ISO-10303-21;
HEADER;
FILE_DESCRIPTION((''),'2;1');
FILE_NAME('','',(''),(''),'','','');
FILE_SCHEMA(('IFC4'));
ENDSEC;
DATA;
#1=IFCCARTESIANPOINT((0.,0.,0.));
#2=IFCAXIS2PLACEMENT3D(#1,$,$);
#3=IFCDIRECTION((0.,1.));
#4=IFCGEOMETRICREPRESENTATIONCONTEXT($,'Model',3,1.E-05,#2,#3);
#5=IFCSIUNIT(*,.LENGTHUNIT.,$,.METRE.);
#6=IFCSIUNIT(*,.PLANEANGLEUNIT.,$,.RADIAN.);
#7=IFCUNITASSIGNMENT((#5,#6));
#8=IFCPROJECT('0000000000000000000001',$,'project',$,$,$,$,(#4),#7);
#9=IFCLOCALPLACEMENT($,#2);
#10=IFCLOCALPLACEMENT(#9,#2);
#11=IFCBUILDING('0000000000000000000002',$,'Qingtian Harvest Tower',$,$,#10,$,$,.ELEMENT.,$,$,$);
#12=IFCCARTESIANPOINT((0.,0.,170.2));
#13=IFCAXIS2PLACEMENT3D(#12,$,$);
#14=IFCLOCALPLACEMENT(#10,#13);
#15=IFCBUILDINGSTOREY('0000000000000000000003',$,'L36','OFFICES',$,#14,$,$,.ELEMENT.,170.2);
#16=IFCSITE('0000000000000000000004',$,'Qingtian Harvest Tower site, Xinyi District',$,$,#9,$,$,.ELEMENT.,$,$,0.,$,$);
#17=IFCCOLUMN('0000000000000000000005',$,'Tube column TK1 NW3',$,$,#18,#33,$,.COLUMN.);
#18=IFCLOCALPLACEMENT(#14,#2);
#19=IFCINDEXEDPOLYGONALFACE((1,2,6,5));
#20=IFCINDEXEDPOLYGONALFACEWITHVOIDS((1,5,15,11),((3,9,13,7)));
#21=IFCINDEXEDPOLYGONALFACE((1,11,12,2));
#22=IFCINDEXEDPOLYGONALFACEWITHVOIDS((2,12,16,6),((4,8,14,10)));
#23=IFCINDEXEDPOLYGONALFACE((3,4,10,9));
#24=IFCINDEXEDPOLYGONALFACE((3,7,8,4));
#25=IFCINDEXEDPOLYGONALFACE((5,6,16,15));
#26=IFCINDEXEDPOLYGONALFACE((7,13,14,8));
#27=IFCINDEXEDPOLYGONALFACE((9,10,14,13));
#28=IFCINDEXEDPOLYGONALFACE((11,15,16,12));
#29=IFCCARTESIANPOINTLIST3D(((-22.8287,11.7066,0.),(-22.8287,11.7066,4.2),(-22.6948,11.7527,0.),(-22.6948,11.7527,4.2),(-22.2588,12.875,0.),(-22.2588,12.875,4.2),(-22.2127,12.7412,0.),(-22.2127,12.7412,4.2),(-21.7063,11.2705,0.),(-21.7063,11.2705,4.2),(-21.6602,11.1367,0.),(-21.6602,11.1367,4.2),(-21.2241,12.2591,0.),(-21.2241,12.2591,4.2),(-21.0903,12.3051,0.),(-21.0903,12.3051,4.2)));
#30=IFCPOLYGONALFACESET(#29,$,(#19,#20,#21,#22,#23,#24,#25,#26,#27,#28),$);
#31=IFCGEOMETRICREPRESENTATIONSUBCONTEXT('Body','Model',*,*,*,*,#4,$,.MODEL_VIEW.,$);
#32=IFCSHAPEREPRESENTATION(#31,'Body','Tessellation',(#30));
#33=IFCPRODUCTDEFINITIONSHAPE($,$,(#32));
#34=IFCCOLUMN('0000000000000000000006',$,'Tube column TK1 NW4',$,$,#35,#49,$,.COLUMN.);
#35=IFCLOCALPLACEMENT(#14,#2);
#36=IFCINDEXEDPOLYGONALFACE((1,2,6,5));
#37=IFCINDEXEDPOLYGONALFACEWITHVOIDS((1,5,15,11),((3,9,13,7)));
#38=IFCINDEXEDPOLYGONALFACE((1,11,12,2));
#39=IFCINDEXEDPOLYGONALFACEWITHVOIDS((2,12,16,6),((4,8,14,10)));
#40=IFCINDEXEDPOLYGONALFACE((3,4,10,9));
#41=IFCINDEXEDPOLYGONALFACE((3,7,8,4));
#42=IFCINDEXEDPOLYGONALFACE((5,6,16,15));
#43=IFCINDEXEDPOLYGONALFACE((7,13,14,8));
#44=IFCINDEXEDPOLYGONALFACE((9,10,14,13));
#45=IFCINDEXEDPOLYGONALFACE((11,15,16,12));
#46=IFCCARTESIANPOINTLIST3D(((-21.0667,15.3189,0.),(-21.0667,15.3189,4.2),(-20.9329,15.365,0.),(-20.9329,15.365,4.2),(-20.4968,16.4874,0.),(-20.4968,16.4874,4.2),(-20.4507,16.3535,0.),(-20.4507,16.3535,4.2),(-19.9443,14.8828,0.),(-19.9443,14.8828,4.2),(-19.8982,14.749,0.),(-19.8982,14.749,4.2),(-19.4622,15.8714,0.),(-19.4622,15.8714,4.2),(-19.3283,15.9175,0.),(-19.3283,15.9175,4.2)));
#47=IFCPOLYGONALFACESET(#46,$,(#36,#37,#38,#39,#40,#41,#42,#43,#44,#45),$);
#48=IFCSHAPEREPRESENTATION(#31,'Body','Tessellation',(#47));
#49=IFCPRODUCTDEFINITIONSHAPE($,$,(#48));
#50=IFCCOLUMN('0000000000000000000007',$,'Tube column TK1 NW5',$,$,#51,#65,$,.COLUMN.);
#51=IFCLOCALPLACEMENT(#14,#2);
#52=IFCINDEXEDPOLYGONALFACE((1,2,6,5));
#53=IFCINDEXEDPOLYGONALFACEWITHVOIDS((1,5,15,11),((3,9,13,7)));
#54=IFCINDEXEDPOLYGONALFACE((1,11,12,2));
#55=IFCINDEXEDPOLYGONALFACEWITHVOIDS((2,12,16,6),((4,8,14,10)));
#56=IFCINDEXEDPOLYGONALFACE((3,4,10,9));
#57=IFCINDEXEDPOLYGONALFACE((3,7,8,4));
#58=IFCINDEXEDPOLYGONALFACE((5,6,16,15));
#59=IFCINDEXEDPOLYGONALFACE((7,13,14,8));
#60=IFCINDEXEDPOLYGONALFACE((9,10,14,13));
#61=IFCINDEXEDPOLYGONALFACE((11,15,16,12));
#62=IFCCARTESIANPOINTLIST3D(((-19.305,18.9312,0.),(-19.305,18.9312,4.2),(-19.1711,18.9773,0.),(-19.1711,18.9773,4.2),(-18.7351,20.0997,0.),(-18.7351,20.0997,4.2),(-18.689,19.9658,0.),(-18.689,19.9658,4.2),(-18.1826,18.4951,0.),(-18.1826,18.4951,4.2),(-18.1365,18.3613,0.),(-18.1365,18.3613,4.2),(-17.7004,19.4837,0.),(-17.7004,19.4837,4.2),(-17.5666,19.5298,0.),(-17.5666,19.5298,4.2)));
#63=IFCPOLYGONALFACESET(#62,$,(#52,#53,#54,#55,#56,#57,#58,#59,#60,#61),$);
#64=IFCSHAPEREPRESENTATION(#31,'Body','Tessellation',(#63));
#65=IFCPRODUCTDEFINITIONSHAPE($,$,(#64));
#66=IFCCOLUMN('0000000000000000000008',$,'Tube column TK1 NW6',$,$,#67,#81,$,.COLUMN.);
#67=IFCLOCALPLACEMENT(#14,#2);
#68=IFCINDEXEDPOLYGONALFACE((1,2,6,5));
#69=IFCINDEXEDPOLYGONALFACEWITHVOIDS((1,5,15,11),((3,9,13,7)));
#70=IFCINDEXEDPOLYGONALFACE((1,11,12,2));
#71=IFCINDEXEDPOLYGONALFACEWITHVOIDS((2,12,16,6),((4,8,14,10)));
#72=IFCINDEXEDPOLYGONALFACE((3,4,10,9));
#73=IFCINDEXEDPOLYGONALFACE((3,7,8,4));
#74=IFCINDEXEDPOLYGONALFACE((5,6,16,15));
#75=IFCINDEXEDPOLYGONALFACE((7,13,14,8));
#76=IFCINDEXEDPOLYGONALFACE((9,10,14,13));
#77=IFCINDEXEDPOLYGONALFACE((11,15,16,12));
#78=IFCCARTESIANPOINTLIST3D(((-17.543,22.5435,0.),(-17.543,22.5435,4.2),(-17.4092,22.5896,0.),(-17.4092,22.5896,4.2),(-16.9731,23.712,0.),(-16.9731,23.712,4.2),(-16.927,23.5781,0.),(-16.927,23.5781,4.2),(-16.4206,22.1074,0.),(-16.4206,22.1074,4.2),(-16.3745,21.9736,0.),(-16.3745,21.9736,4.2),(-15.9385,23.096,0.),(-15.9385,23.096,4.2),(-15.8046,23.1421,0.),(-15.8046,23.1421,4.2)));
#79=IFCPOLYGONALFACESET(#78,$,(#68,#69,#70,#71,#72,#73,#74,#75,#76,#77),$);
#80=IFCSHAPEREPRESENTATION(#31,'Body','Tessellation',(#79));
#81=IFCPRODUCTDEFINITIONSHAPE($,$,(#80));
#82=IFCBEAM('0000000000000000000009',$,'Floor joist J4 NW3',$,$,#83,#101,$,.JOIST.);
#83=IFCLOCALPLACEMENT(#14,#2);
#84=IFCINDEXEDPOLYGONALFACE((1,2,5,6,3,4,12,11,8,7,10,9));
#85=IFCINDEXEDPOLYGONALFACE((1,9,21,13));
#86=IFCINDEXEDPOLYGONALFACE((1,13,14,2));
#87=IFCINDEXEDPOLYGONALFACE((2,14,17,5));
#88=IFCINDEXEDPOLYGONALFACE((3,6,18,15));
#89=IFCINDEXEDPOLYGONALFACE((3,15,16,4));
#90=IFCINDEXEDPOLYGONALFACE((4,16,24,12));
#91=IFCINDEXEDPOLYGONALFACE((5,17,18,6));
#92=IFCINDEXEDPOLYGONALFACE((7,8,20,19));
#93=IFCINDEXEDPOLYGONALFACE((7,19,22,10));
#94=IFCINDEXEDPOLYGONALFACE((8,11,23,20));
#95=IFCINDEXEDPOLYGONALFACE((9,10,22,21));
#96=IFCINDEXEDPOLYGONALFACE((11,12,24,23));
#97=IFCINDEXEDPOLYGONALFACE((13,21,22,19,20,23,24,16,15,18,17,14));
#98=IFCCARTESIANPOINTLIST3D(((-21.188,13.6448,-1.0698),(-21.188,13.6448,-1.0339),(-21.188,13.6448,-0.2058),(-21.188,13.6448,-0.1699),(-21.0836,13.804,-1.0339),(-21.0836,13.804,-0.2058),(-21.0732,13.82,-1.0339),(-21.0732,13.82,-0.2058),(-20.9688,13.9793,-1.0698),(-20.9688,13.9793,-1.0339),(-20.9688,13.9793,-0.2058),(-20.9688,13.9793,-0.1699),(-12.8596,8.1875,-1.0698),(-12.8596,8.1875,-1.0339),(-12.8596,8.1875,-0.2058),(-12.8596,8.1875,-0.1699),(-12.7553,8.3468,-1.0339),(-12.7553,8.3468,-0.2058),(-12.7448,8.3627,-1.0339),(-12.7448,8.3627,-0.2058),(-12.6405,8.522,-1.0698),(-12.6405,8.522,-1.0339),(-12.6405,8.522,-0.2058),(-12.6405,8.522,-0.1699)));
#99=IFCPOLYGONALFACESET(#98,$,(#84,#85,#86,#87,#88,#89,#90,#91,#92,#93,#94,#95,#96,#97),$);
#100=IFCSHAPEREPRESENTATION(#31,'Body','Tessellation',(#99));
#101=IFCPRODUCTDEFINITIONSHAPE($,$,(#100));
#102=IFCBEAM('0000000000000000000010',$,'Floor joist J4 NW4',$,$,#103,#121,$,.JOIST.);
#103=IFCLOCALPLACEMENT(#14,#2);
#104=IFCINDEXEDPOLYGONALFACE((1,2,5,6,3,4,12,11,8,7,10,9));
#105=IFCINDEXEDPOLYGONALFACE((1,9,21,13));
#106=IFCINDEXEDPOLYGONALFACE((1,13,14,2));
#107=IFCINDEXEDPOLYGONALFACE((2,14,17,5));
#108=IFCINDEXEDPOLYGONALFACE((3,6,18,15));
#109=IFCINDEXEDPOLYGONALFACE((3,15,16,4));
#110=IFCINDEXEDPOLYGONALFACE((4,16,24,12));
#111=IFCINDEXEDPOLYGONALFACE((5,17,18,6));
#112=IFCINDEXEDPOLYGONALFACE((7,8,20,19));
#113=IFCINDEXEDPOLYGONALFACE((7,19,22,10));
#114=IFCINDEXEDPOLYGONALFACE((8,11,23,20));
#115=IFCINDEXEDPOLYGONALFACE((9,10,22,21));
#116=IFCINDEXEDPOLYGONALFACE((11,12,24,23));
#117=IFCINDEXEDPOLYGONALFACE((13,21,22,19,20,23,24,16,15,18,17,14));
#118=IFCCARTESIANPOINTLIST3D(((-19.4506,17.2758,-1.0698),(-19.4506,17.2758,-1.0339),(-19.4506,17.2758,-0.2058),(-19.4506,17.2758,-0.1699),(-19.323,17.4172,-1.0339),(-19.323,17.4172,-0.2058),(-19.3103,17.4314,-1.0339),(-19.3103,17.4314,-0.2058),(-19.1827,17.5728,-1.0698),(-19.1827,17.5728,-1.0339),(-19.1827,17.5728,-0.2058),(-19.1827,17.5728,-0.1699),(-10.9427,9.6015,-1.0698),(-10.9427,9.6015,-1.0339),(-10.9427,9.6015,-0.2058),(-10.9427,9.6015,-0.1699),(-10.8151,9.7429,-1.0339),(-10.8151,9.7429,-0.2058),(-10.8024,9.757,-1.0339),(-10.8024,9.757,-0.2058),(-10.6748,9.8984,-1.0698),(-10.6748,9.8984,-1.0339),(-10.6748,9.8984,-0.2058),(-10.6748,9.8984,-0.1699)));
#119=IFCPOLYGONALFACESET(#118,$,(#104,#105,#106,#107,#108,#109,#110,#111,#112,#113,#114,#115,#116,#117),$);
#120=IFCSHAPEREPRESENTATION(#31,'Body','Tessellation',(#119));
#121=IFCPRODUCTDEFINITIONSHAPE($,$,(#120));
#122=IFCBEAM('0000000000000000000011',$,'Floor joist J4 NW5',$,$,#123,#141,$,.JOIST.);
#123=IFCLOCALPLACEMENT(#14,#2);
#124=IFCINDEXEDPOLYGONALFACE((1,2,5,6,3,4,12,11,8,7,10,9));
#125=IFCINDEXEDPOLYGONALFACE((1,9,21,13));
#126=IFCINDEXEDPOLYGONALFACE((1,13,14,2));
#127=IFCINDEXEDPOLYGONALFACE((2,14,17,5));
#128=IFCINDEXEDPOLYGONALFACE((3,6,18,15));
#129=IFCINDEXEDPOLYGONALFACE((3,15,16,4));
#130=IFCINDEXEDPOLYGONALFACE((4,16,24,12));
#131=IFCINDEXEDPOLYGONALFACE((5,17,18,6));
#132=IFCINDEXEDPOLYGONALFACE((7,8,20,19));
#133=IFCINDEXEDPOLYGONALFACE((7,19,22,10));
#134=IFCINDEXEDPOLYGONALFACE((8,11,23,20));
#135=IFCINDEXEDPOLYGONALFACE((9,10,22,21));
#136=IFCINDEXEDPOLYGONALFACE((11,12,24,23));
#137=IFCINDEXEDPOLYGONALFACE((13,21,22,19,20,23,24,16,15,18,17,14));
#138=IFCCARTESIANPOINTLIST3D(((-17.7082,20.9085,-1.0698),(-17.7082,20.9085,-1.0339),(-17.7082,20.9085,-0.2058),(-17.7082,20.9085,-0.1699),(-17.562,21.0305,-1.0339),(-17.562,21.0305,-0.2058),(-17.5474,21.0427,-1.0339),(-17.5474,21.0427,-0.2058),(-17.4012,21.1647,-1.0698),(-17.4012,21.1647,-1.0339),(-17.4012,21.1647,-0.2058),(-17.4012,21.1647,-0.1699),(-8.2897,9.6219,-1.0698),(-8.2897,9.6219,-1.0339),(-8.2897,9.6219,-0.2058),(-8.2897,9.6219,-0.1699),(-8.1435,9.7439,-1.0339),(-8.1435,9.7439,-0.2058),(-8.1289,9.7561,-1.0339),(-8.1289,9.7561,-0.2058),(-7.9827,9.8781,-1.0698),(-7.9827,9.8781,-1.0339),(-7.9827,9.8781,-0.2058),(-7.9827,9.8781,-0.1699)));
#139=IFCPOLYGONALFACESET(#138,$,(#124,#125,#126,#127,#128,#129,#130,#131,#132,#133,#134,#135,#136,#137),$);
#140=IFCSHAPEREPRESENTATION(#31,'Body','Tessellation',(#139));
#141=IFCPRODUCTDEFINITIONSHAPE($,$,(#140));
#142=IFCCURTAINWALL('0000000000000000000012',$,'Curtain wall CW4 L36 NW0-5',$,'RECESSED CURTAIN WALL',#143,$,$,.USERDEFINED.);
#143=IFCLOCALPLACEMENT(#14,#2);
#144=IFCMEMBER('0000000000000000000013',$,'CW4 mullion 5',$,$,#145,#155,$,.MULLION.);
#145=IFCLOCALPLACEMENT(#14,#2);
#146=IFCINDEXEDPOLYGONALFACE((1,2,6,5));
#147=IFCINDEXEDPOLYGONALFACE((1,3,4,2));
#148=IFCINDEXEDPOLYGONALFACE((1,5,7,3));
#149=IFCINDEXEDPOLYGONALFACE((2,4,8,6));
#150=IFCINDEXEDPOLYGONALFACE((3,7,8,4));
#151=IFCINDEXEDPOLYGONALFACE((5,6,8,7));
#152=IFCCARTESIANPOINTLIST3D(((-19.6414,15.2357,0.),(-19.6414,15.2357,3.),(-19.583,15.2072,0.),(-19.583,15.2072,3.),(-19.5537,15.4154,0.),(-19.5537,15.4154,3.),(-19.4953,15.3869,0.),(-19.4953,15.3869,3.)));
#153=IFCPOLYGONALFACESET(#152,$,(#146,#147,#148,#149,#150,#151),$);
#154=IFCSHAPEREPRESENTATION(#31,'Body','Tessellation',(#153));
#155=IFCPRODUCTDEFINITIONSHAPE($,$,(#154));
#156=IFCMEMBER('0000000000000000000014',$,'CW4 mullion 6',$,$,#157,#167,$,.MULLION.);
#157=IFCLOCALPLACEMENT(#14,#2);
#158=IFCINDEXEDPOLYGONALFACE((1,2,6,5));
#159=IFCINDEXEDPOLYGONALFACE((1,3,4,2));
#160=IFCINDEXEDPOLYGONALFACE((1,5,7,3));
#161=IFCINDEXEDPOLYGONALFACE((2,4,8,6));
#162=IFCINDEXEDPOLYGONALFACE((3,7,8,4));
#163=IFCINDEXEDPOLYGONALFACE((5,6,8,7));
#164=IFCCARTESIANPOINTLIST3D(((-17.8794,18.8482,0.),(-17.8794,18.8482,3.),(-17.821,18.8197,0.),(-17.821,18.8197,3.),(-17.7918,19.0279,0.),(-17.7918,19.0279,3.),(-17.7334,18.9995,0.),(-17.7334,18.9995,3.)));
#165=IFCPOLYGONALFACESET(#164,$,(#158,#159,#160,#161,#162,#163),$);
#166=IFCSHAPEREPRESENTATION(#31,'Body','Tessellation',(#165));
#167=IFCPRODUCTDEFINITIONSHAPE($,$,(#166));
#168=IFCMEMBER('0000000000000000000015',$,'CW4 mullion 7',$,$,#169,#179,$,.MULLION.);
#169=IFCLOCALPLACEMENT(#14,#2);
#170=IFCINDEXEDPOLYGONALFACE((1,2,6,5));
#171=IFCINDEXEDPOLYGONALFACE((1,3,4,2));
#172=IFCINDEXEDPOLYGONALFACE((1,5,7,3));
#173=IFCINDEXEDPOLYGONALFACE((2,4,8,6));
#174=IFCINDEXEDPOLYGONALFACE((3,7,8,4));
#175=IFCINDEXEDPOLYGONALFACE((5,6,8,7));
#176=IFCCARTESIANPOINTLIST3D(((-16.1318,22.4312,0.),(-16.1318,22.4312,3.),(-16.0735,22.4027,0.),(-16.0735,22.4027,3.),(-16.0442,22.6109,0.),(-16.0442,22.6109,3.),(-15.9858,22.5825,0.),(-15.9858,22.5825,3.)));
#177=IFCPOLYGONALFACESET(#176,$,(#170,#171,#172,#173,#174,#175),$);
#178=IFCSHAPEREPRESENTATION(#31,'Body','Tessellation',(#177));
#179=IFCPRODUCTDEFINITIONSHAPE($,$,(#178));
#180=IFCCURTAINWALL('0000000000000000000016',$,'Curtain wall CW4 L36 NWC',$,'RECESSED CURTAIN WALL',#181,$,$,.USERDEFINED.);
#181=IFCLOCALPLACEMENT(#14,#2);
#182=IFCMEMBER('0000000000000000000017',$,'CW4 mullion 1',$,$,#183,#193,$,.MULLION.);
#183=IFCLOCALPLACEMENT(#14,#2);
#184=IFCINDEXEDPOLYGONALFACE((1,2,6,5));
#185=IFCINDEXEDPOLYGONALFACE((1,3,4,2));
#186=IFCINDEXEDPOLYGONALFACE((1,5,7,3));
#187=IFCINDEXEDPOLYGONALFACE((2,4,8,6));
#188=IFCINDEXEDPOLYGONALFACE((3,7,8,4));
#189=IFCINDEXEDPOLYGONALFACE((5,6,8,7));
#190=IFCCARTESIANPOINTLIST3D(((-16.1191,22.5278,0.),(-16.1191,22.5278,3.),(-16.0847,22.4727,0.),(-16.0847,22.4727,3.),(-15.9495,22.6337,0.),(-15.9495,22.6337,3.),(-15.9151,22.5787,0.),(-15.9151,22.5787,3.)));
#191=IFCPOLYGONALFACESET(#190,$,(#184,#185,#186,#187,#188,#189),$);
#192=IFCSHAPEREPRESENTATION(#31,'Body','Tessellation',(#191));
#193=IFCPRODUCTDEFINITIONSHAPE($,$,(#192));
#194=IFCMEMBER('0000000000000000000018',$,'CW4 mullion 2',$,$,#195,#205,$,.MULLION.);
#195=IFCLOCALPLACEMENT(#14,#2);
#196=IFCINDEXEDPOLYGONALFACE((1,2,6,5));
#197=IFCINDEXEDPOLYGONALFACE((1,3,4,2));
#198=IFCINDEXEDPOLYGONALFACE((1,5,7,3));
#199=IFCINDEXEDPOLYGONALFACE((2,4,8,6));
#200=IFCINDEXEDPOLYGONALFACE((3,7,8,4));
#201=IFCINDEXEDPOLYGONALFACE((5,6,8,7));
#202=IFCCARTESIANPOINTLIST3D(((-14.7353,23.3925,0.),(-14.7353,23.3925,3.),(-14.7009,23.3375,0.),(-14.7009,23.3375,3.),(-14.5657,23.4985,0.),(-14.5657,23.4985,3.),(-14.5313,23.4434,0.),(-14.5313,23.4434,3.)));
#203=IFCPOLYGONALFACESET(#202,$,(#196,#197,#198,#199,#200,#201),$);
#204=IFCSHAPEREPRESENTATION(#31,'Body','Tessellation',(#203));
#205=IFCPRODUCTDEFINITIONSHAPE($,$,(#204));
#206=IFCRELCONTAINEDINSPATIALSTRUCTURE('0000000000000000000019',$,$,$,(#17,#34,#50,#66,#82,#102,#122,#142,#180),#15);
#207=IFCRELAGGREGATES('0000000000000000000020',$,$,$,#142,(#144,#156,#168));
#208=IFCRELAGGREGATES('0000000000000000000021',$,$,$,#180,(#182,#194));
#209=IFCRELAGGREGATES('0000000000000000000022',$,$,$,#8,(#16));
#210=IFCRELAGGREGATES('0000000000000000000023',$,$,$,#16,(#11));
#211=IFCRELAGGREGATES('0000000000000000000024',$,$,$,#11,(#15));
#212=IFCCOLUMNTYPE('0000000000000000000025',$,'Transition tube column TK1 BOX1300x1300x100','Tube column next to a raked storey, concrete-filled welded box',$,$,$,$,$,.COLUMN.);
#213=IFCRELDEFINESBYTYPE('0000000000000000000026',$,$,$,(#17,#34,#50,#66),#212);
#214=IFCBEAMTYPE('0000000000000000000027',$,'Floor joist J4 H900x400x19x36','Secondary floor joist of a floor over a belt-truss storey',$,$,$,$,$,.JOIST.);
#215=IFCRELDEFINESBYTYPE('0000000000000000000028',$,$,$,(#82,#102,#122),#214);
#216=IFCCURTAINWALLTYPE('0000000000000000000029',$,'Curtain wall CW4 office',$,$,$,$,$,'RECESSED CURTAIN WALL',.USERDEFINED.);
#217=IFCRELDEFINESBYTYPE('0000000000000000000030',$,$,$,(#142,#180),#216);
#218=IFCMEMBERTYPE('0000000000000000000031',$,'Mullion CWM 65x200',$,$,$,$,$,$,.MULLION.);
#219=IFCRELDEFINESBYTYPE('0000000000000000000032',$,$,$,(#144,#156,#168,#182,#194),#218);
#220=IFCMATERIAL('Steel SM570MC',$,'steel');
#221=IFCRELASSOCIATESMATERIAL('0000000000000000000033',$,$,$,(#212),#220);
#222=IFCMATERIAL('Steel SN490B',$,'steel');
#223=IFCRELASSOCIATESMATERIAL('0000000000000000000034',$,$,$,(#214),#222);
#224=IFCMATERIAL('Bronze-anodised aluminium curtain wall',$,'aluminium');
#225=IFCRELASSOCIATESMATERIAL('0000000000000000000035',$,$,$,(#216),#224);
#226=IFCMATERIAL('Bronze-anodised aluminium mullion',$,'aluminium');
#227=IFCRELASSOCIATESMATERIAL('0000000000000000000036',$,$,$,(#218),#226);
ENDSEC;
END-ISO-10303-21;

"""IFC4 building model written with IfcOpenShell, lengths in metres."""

from ifc_helpers import new_model, si_unit, direction, frame, origin, origin_2d, place, context, subcontext, project, spatial, rectangle, hollow_rectangle, i_section, extrude, material, material_profile, profile_set, type_object, element, aggregate, save


model = new_model("IFC4")

# Units and contexts
model_context = context("Model", 3, precision=1e-05, world=origin(), true_north=direction((0.0, 1.0)))
body_context = subcontext(model_context, "Body", "Model", "MODEL_VIEW")
ifc_project = project(units=[si_unit("LENGTHUNIT", "METRE"), si_unit("PLANEANGLEUNIT", "RADIAN")], contexts=[model_context])

# Site, building, storey
site_placement = place(None, origin())
site = spatial("IfcSite", under=ifc_project, at=site_placement, Name="Qingtian Harvest Tower site, Xinyi District", CompositionType="ELEMENT", RefElevation=0.0)
building_placement = place(site_placement, origin())
building = spatial("IfcBuilding", under=site, at=building_placement, Name="Qingtian Harvest Tower", CompositionType="ELEMENT")
storey_placement = place(building_placement, frame((0.0, 0.0, 170.2)))
storey = spatial("IfcBuildingStorey", under=building, at=storey_placement, Name="L36", Description="OFFICES", CompositionType="ELEMENT", Elevation=170.2)

# Columns
ifc_material_1 = material(Name="Steel SM570MC", Category="steel")
ifc_material_profile_1 = material_profile(ifc_material_1, hollow_rectangle(XDim=1.3, YDim=1.3, WallThickness=0.1001, at=origin_2d()), Name="BOX1300x1300x100")
ifc_profile_set_1 = profile_set([ifc_material_profile_1], Name="Steel SM570MC")
column_type = type_object("IfcColumnType", Name="Transition tube column TK1 BOX1300x1300x100", Description="Tube column next to a raked storey, concrete-filled welded box", PredefinedType="COLUMN", material=ifc_profile_set_1)
for number, where, z_axis, x_axis, name in (
    (1, (-21.9595, 12.0059, 0.0), (0.0, 0.0, 1.0), (-0.438371, -0.898794, 0.0), "Tube column TK1 NW3"),
    (2, (-20.1975, 15.6182, 0.0), (0.0, 0.0, 1.0), (-0.438371, -0.898794, 0.0), "Tube column TK1 NW4"),
    (3, (-18.4358, 19.2305, 0.0), (0.0, 0.0, 1.0), (-0.438371, -0.898794, 0.0), "Tube column TK1 NW5"),
    (4, (-16.6738, 22.8428, 0.0), (0.0, 0.0, 1.0), (-0.438371, -0.898794, 0.0), "Tube column TK1 NW6"),
):
    element("IfcColumn", number, at=place(storey_placement, frame(where, z_axis=z_axis, x_axis=x_axis)), inside=storey, type_object=column_type, Name=name, PredefinedType="COLUMN", context=body_context, shape_type="SweptSolid", body=[
        extrude(hollow_rectangle(XDim=1.3, YDim=1.3, WallThickness=0.1001, at=origin_2d()), origin(), (0.0, 0.0, 1.0), 4.2),
    ])

# Beams
ifc_material_2 = material(Name="Steel SN490B", Category="steel")
ifc_material_profile_2 = material_profile(ifc_material_2, i_section(OverallWidth=0.3999, OverallDepth=0.8999, WebThickness=0.019, FlangeThickness=0.0359, at=origin_2d()), Name="H900x400x19x36")
ifc_profile_set_2 = profile_set([ifc_material_profile_2], Name="Steel SN490B")
beam_type_1 = type_object("IfcBeamType", Name="Floor joist J4 H900x400x19x36", Description="Secondary floor joist of a floor over a belt-truss storey", PredefinedType="JOIST", material=ifc_profile_set_2)
beam_1_placement = place(storey_placement, frame((-21.0784, 13.812, -0.6199), z_axis=(0.836426, -0.548079, 0.0), x_axis=(0.548079, 0.836426, 0.0)))
element("IfcBeam", 5, at=beam_1_placement, inside=storey, type_object=beam_type_1, Name="Floor joist J4 NW3", PredefinedType="JOIST", context=body_context, shape_type="SweptSolid", body=[
    extrude(i_section(OverallWidth=0.3999, OverallDepth=0.8999, WebThickness=0.019, FlangeThickness=0.0359, at=origin_2d()), origin(), (0.0, 0.0, 1.0), 9.957),
])
beam_2_placement = place(storey_placement, frame((-19.3167, 17.4243, -0.6199), z_axis=(0.742544, -0.669798, 0.0), x_axis=(0.669798, 0.742544, 0.0)))
element("IfcBeam", 6, at=beam_2_placement, inside=storey, type_object=beam_type_1, Name="Floor joist J4 NW4", PredefinedType="JOIST", context=body_context, shape_type="SweptSolid", body=[
    extrude(i_section(OverallWidth=0.3999, OverallDepth=0.8999, WebThickness=0.019, FlangeThickness=0.0359, at=origin_2d()), origin(), (0.0, 0.0, 1.0), 11.4578),
])
beam_3_placement = place(storey_placement, frame((-17.5547, 21.0366, -0.6199), z_axis=(0.640704, -0.767788, 0.0), x_axis=(0.767788, 0.640704, 0.0)))
element("IfcBeam", 7, at=beam_3_placement, inside=storey, type_object=beam_type_1, Name="Floor joist J4 NW5", PredefinedType="JOIST", context=body_context, shape_type="SweptSolid", body=[
    extrude(i_section(OverallWidth=0.3999, OverallDepth=0.8999, WebThickness=0.019, FlangeThickness=0.0359, at=origin_2d()), origin(), (0.0, 0.0, 1.0), 14.7002),
])

# Curtain walls, members
ifc_material_3 = material(Name="Bronze-anodised aluminium curtain wall", Category="aluminium")
curtain_wall_type = type_object("IfcCurtainWallType", Name="Curtain wall CW4 office", ElementType="RECESSED CURTAIN WALL", PredefinedType="USERDEFINED", material=ifc_material_3)
curtain_wall_1_placement = place(storey_placement, origin())
curtain_wall_1 = element("IfcCurtainWall", 8, at=curtain_wall_1_placement, inside=storey, type_object=curtain_wall_type, Name="Curtain wall CW4 L36 NW0-5", ObjectType="RECESSED CURTAIN WALL", PredefinedType="USERDEFINED")
ifc_material_4 = material(Name="Bronze-anodised aluminium mullion", Category="aluminium")
ifc_material_profile_3 = material_profile(ifc_material_4, rectangle(XDim=0.0649, YDim=0.2, at=origin_2d()), Name="AL 65x200")
ifc_profile_set_3 = profile_set([ifc_material_profile_3], Name="Bronze-anodised aluminium mullion")
member_type_1 = type_object("IfcMemberType", Name="Mullion CWM 65x200", PredefinedType="MULLION", material=ifc_profile_set_3)
member_1_placement = place(storey_placement, frame((-19.5684, 15.3113, 0.0), z_axis=(0.0, 0.0, 1.0), x_axis=(-0.898794, 0.438371, 0.0)))
member_1 = element("IfcMember", 9, at=member_1_placement, type_object=member_type_1, Name="CW4 mullion 5", PredefinedType="MULLION", context=body_context, shape_type="SweptSolid", body=[
    extrude(rectangle(XDim=0.0649, YDim=0.2, at=origin_2d()), origin(), (0.0, 0.0, 1.0), 3.0),
])
member_2_placement = place(storey_placement, frame((-17.8064, 18.9238, 0.0), z_axis=(0.0, 0.0, 1.0), x_axis=(-0.898794, 0.438371, 0.0)))
member_2 = element("IfcMember", 10, at=member_2_placement, type_object=member_type_1, Name="CW4 mullion 6", PredefinedType="MULLION", context=body_context, shape_type="SweptSolid", body=[
    extrude(rectangle(XDim=0.0649, YDim=0.2, at=origin_2d()), origin(), (0.0, 0.0, 1.0), 3.0),
])
member_3_placement = place(storey_placement, frame((-16.0588, 22.5068, 0.0), z_axis=(0.0, 0.0, 1.0), x_axis=(-0.898794, 0.438371, 0.0)))
member_3 = element("IfcMember", 11, at=member_3_placement, type_object=member_type_1, Name="CW4 mullion 7", PredefinedType="MULLION", context=body_context, shape_type="SweptSolid", body=[
    extrude(rectangle(XDim=0.0649, YDim=0.2, at=origin_2d()), origin(), (0.0, 0.0, 1.0), 3.0),
])
curtain_wall_2_placement = place(storey_placement, origin())
curtain_wall_2 = element("IfcCurtainWall", 12, at=curtain_wall_2_placement, inside=storey, type_object=curtain_wall_type, Name="Curtain wall CW4 L36 NWC", ObjectType="RECESSED CURTAIN WALL", PredefinedType="USERDEFINED")
member_4_placement = place(storey_placement, frame((-16.0171, 22.5532, 0.0), z_axis=(0.0, 0.0, 1.0), x_axis=(-0.529919, 0.848048, 0.0)))
member_4 = element("IfcMember", 13, at=member_4_placement, type_object=member_type_1, Name="CW4 mullion 1", PredefinedType="MULLION", context=body_context, shape_type="SweptSolid", body=[
    extrude(rectangle(XDim=0.0649, YDim=0.2, at=origin_2d()), origin(), (0.0, 0.0, 1.0), 3.0),
])
member_5_placement = place(storey_placement, frame((-14.6333, 23.418, 0.0), z_axis=(0.0, 0.0, 1.0), x_axis=(-0.529919, 0.848048, 0.0)))
member_5 = element("IfcMember", 14, at=member_5_placement, type_object=member_type_1, Name="CW4 mullion 2", PredefinedType="MULLION", context=body_context, shape_type="SweptSolid", body=[
    extrude(rectangle(XDim=0.0649, YDim=0.2, at=origin_2d()), origin(), (0.0, 0.0, 1.0), 3.0),
])

aggregate(curtain_wall_1, [member_1, member_2, member_3])
aggregate(curtain_wall_2, [member_4, member_5])

save(model, "model.ifc")
